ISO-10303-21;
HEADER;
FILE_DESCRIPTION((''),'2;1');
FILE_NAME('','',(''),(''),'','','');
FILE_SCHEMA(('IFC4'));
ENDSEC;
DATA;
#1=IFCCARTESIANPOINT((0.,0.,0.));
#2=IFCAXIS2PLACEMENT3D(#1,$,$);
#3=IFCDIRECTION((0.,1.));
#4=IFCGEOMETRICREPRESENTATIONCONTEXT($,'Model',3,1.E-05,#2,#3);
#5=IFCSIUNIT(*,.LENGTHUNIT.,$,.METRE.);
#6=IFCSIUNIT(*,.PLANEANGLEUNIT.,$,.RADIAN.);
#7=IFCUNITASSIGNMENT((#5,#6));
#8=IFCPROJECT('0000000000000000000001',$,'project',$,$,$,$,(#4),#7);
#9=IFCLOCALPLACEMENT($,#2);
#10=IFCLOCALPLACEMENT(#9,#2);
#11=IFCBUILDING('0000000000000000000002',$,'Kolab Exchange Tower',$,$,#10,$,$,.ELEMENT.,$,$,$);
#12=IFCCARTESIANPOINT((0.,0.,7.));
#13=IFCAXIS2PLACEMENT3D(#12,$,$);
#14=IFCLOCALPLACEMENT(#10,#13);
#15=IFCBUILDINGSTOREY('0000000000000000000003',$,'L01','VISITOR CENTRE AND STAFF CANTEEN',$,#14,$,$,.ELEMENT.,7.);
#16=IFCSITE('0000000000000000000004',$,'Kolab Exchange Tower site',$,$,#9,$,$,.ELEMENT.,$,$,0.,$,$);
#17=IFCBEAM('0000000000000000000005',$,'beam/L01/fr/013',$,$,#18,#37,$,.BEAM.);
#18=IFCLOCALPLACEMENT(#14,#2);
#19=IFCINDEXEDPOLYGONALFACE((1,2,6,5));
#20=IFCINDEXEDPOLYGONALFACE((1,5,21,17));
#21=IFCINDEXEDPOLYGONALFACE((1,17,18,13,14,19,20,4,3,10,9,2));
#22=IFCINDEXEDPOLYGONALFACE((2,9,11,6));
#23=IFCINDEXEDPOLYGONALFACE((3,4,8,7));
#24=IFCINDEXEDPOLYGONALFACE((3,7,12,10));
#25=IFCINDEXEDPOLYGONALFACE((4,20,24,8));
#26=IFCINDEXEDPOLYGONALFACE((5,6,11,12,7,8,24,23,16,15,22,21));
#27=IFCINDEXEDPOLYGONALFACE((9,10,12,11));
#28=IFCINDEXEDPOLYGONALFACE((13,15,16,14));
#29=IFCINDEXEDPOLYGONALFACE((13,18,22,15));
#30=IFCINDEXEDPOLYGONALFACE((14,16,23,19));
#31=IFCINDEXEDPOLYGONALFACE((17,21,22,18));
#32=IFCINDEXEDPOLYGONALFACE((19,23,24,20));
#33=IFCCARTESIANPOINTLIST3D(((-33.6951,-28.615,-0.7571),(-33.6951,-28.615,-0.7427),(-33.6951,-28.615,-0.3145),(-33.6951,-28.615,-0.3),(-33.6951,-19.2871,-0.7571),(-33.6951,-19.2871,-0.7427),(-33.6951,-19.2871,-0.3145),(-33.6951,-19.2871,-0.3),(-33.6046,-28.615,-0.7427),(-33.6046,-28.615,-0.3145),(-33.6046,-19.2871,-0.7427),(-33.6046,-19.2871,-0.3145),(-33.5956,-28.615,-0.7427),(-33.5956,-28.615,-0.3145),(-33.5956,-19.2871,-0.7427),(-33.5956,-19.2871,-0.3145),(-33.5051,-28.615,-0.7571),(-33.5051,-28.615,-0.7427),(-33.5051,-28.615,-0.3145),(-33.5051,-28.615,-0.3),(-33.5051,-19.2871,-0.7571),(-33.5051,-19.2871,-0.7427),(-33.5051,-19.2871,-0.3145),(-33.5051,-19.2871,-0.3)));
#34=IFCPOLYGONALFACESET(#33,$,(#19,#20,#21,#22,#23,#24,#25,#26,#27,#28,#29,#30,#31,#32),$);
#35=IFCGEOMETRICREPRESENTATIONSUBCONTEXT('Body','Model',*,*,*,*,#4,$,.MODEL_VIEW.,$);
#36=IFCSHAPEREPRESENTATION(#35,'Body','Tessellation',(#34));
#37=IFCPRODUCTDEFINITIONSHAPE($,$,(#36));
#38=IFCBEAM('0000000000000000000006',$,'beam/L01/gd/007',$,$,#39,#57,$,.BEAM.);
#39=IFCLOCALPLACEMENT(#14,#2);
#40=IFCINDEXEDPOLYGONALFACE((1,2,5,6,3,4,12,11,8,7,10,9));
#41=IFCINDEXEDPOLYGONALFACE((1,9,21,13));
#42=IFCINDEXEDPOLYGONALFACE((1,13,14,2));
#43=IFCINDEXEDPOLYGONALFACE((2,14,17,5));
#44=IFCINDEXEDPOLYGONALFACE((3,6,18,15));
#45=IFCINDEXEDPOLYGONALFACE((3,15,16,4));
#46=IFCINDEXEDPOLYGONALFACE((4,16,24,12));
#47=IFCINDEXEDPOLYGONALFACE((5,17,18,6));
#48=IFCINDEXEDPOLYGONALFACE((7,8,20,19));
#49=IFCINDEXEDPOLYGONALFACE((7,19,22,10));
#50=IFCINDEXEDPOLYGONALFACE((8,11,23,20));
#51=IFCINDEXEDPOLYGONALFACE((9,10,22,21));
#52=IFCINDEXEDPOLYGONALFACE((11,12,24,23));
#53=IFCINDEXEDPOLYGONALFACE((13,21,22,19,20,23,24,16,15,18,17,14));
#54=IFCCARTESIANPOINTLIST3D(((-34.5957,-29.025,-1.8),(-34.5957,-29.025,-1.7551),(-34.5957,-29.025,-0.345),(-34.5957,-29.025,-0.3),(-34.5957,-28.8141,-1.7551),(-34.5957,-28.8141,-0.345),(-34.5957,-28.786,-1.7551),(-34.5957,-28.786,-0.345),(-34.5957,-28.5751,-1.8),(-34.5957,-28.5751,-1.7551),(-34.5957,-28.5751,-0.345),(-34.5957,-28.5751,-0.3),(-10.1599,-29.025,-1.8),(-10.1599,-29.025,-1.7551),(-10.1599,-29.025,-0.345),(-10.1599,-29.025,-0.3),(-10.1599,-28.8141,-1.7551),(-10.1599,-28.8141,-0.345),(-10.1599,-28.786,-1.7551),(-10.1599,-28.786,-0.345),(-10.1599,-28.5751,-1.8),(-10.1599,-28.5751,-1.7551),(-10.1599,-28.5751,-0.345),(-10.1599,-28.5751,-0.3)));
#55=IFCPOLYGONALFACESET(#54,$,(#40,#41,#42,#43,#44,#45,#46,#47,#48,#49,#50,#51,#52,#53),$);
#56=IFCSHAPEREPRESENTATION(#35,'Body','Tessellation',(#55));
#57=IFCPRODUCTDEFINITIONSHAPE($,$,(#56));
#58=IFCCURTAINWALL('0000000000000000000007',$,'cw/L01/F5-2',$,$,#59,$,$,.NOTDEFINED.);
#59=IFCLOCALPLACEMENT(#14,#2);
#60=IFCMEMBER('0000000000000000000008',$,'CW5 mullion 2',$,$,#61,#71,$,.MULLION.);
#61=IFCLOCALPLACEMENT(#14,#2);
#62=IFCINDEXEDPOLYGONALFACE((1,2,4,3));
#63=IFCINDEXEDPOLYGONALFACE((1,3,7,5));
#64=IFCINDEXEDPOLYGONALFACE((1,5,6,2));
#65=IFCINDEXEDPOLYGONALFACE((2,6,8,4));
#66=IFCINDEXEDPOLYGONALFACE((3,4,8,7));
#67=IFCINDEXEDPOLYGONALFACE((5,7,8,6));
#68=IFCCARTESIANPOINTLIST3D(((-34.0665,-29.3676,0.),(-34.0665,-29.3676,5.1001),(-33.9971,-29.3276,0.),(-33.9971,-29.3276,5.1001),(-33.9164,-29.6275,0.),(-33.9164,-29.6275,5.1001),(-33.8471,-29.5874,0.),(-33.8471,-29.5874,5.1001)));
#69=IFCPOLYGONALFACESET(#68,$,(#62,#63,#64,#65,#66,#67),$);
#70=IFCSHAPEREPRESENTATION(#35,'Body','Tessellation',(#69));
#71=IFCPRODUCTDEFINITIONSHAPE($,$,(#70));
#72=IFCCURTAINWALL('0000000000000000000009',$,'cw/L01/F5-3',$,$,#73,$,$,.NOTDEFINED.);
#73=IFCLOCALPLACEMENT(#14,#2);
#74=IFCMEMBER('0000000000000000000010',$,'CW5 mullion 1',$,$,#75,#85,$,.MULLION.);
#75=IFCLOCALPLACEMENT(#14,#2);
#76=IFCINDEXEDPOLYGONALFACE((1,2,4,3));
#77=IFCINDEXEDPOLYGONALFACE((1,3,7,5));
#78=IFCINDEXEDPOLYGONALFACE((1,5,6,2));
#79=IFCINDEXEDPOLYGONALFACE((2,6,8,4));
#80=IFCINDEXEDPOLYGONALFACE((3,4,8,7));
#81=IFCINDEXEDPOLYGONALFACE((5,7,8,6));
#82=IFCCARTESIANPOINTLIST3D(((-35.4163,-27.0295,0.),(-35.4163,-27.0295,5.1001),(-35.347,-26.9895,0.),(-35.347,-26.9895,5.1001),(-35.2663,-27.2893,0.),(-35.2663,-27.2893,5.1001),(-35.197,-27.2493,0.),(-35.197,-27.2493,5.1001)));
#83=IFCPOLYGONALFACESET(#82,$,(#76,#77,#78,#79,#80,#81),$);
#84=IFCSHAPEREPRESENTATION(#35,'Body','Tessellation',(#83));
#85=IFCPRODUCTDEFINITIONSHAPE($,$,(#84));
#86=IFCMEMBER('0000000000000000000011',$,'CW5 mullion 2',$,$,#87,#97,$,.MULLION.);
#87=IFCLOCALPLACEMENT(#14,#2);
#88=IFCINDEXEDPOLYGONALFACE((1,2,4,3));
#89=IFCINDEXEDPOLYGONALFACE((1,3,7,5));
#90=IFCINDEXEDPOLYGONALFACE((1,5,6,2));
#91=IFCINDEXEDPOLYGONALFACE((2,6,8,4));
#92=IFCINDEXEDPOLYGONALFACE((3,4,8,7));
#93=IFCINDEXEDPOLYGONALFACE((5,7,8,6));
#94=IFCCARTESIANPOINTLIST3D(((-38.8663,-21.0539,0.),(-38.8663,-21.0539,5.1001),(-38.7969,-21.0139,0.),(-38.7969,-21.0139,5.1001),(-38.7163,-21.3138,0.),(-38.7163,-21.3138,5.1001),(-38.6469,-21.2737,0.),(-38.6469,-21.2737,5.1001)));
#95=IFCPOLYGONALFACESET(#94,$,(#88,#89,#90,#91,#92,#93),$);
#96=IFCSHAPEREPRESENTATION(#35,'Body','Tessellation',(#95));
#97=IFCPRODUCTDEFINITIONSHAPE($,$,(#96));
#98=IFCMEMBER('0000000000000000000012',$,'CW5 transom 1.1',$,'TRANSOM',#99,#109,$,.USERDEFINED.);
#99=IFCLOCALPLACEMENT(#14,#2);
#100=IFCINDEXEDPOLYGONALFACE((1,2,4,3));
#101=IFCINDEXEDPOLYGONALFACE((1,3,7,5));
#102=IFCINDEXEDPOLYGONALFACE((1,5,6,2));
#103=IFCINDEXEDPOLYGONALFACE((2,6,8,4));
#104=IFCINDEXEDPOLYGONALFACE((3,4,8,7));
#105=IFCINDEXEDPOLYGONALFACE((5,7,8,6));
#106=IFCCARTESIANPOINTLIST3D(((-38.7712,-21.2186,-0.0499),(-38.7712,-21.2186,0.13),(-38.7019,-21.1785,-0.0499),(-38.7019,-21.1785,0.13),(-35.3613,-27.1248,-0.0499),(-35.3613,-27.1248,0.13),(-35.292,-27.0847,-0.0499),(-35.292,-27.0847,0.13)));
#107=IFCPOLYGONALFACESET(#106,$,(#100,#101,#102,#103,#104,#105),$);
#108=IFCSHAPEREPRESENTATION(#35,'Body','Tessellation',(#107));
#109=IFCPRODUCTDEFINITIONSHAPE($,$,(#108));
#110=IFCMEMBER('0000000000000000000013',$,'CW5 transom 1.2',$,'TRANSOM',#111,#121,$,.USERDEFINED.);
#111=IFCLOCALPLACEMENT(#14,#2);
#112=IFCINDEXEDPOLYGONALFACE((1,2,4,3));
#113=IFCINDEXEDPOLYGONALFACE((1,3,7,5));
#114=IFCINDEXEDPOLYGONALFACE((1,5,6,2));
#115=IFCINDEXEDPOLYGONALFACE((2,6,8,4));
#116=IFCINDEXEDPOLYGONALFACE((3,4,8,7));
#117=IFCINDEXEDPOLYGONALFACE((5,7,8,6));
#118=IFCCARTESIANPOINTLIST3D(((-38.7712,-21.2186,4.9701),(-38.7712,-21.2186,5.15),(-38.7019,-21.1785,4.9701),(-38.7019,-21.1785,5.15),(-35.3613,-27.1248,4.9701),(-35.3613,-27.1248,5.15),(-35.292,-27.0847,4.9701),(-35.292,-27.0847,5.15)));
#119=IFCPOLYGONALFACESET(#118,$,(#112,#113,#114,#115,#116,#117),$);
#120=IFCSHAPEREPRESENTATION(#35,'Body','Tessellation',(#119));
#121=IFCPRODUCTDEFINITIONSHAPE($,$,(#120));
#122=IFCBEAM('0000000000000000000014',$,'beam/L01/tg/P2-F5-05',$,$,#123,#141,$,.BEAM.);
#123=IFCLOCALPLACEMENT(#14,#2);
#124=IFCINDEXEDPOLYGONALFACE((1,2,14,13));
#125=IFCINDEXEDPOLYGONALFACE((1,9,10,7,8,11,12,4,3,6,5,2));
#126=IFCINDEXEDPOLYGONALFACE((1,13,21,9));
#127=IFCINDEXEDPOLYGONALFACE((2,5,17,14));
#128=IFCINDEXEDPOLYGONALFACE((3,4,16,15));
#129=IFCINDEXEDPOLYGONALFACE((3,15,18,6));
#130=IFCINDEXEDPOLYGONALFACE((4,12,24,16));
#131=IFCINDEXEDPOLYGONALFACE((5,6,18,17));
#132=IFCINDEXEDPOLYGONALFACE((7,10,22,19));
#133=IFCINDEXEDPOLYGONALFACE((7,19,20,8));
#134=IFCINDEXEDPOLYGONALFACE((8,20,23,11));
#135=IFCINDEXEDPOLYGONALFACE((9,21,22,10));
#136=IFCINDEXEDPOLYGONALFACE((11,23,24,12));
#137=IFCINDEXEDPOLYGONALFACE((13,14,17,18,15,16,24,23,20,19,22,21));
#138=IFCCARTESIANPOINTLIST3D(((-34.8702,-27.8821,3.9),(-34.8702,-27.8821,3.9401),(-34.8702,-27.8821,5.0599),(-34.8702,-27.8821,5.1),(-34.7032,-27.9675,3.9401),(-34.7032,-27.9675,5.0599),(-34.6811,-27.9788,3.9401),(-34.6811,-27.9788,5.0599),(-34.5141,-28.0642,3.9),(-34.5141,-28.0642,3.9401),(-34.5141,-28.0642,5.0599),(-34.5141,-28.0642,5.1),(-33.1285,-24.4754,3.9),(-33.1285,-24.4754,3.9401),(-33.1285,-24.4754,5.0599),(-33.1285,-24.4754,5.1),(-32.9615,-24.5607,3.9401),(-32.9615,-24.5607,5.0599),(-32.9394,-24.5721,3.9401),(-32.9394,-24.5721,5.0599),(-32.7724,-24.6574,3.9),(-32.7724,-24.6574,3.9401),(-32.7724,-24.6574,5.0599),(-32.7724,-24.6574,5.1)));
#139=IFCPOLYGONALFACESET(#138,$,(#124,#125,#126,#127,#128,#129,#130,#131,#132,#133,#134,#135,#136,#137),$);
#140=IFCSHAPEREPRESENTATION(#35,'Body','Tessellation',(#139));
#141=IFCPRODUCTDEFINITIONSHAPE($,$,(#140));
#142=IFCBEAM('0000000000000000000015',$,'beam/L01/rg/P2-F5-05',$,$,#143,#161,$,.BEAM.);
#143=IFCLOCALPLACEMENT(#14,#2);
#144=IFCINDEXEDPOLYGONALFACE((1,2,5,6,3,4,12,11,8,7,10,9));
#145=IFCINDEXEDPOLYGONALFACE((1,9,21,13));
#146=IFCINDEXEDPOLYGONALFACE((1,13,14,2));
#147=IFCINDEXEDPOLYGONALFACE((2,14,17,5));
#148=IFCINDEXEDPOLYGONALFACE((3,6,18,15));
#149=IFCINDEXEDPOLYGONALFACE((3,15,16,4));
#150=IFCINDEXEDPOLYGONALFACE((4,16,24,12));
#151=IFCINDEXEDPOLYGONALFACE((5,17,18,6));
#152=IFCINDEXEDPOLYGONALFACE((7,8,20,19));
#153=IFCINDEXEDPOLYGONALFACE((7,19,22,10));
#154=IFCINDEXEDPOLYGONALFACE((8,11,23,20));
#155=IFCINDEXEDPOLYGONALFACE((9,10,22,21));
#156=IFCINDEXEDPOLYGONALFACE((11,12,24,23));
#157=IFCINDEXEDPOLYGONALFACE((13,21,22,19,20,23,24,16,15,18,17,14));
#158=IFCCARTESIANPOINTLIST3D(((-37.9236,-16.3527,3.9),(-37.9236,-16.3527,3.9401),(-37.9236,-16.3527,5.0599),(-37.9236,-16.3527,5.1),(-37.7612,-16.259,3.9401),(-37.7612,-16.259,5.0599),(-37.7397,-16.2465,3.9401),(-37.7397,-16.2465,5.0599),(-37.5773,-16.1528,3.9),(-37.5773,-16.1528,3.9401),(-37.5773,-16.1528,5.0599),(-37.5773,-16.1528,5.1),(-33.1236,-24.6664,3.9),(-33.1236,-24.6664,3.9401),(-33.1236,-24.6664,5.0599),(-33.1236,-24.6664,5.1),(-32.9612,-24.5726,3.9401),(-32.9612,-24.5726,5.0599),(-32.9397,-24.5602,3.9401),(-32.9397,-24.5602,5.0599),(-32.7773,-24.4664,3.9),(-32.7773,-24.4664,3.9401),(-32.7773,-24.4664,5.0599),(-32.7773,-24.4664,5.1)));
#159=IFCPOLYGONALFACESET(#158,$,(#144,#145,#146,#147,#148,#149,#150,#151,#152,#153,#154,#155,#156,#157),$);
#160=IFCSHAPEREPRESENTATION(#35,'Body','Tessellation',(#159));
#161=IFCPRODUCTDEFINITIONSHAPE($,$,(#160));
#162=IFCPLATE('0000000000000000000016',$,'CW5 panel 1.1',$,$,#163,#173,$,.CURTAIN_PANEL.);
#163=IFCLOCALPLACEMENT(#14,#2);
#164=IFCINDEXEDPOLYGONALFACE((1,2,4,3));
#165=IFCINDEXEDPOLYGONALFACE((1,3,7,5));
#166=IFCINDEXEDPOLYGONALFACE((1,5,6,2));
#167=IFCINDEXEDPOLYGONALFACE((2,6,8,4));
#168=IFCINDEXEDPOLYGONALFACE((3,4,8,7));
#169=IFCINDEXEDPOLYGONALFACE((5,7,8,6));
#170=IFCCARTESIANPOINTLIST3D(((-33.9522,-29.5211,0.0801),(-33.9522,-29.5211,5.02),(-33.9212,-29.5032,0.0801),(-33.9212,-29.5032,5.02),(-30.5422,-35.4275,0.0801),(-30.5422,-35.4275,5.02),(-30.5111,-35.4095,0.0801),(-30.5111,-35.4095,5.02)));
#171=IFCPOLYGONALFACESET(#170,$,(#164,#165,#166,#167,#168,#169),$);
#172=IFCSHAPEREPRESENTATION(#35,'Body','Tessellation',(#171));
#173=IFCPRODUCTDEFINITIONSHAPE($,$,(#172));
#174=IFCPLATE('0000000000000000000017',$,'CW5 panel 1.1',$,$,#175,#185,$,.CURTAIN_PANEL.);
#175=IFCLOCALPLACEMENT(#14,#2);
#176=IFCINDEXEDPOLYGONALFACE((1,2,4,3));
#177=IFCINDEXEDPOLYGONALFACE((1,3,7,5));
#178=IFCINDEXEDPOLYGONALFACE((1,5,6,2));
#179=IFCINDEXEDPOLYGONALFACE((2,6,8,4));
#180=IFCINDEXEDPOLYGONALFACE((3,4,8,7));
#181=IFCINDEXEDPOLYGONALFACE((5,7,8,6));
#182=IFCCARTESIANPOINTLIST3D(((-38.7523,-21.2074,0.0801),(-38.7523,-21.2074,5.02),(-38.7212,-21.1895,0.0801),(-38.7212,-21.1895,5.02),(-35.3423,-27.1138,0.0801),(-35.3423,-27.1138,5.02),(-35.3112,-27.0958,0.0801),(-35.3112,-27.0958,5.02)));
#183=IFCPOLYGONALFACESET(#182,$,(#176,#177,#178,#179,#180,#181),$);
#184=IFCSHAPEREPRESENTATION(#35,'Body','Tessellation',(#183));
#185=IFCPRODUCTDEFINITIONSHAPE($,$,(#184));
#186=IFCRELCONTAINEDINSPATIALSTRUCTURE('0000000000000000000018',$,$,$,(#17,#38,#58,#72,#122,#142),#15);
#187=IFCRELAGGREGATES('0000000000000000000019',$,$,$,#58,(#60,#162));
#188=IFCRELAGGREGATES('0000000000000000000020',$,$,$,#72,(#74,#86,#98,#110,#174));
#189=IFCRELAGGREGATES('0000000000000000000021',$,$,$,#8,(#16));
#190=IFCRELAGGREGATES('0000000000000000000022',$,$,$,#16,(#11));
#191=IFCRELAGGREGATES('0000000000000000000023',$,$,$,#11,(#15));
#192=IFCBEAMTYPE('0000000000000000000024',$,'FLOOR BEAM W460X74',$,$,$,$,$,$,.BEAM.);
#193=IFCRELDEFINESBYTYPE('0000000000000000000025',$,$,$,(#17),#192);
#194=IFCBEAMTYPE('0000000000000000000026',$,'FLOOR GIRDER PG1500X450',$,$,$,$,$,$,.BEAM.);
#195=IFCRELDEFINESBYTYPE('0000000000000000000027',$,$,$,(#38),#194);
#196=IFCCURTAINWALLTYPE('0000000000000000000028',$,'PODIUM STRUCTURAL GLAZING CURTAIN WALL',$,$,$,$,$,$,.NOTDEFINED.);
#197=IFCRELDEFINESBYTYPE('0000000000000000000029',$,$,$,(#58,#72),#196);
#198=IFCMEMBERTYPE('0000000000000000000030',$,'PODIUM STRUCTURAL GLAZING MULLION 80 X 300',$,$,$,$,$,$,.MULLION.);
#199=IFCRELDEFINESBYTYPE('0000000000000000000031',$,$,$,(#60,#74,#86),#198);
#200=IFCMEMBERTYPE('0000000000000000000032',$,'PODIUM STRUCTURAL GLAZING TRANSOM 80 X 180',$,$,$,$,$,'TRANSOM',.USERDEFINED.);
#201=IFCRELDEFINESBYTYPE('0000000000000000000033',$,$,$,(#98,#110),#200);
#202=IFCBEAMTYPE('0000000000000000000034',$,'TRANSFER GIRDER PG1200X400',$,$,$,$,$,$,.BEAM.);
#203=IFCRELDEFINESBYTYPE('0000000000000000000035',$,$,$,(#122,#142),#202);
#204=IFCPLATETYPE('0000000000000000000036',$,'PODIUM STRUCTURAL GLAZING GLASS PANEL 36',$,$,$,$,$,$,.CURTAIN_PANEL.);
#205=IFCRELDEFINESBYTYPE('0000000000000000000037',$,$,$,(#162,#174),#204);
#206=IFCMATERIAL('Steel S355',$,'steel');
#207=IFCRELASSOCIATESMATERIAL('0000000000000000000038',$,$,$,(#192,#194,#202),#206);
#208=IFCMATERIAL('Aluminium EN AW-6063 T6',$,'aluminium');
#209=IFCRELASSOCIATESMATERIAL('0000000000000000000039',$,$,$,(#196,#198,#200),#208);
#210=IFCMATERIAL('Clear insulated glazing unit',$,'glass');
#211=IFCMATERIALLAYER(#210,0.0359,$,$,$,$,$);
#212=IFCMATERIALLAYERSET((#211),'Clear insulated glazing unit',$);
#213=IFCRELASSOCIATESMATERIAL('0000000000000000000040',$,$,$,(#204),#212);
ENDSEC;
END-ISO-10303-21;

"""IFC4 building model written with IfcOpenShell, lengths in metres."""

from ifc_helpers import new_model, si_unit, direction, frame, origin, origin_2d, place, context, subcontext, project, spatial, rectangle, i_section, extrude, material, layer, layer_set, material_profile, profile_set, type_object, element, aggregate, save


model = new_model("IFC4")

# Units and contexts
model_context = context("Model", 3, precision=1e-05, world=origin(), true_north=direction((0.0, 1.0)))
body_context = subcontext(model_context, "Body", "Model", "MODEL_VIEW")
ifc_project = project(units=[si_unit("LENGTHUNIT", "METRE"), si_unit("PLANEANGLEUNIT", "RADIAN")], contexts=[model_context])

# Site, building, storey
site_placement = place(None, origin())
site = spatial("IfcSite", under=ifc_project, at=site_placement, Name="Kolab Exchange Tower site", CompositionType="ELEMENT", RefElevation=0.0)
building_placement = place(site_placement, origin())
building = spatial("IfcBuilding", under=site, at=building_placement, Name="Kolab Exchange Tower", CompositionType="ELEMENT")
storey_placement = place(building_placement, frame((0.0, 0.0, 7.0)))
storey = spatial("IfcBuildingStorey", under=building, at=storey_placement, Name="L01", Description="VISITOR CENTRE AND STAFF CANTEEN", CompositionType="ELEMENT", Elevation=7.0)

# Beams
ifc_material_1 = material(Name="Steel S355", Category="steel")
ifc_material_profile_1 = material_profile(ifc_material_1, i_section(OverallWidth=0.1899, OverallDepth=0.457, WebThickness=0.009, FlangeThickness=0.0144, at=origin_2d()), Name="W460X74")
ifc_profile_set_1 = profile_set([ifc_material_profile_1], Name="Steel S355")
beam_type_1 = type_object("IfcBeamType", Name="FLOOR BEAM W460X74", PredefinedType="BEAM", material=ifc_profile_set_1)
beam_1_placement = place(storey_placement, frame((-33.6001, -28.615, -0.5286), z_axis=(0.0, 1.0, 0.0), x_axis=(-1.0, 0.0, 0.0)))
element("IfcBeam", 1, at=beam_1_placement, inside=storey, type_object=beam_type_1, Name="beam/L01/fr/013", PredefinedType="BEAM", context=body_context, shape_type="SweptSolid", body=[
    extrude(i_section(OverallWidth=0.1899, OverallDepth=0.457, WebThickness=0.009, FlangeThickness=0.0144, at=origin_2d()), origin(), (0.0, 0.0, 1.0), 9.3279),
])
ifc_material_profile_2 = material_profile(ifc_material_1, i_section(OverallWidth=0.45, OverallDepth=1.5, WebThickness=0.0281, FlangeThickness=0.0449, at=origin_2d()), Name="PG1500X450")
ifc_profile_set_2 = profile_set([ifc_material_profile_2], Name="Steel S355")
beam_type_2 = type_object("IfcBeamType", Name="FLOOR GIRDER PG1500X450", PredefinedType="BEAM", material=ifc_profile_set_2)
beam_2_placement = place(storey_placement, frame((-34.5957, -28.8, -1.05), z_axis=(1.0, 0.0, 0.0), x_axis=(0.0, 1.0, 0.0)))
element("IfcBeam", 2, at=beam_2_placement, inside=storey, type_object=beam_type_2, Name="beam/L01/gd/007", PredefinedType="BEAM", context=body_context, shape_type="SweptSolid", body=[
    extrude(i_section(OverallWidth=0.45, OverallDepth=1.5, WebThickness=0.0281, FlangeThickness=0.0449, at=origin_2d()), origin(), (0.0, 0.0, 1.0), 24.4358),
])

# Curtain wall, member
ifc_material_2 = material(Name="Aluminium EN AW-6063 T6", Category="aluminium")
curtain_wall_type = type_object("IfcCurtainWallType", Name="PODIUM STRUCTURAL GLAZING CURTAIN WALL", PredefinedType="NOTDEFINED", material=ifc_material_2)
curtain_wall_1_placement = place(storey_placement, origin())
curtain_wall_1 = element("IfcCurtainWall", 3, at=curtain_wall_1_placement, inside=storey, type_object=curtain_wall_type, Name="cw/L01/F5-2", PredefinedType="NOTDEFINED")
ifc_material_profile_3 = material_profile(ifc_material_2, rectangle(XDim=0.0801, YDim=0.3, at=origin_2d()), Name="RECT 80X300")
ifc_profile_set_3 = profile_set([ifc_material_profile_3], Name="Aluminium EN AW-6063 T6")
member_type_1 = type_object("IfcMemberType", Name="PODIUM STRUCTURAL GLAZING MULLION 80 X 300", PredefinedType="MULLION", material=ifc_profile_set_3)
member_1_placement = place(storey_placement, frame((-33.9568, -29.4775, 0.0), z_axis=(0.0, 0.0, 1.0), x_axis=(-0.866025, -0.5, 0.0)))
member_1 = element("IfcMember", 4, at=member_1_placement, type_object=member_type_1, Name="CW5 mullion 2", PredefinedType="MULLION", context=body_context, shape_type="SweptSolid", body=[
    extrude(rectangle(XDim=0.0801, YDim=0.3, at=origin_2d()), origin(), (0.0, 0.0, 1.0), 5.1001),
])

# Curtain wall, members
curtain_wall_2_placement = place(storey_placement, origin())
curtain_wall_2 = element("IfcCurtainWall", 5, at=curtain_wall_2_placement, inside=storey, type_object=curtain_wall_type, Name="cw/L01/F5-3", PredefinedType="NOTDEFINED")
member_2_placement = place(storey_placement, frame((-35.3066, -27.1394, 0.0), z_axis=(0.0, 0.0, 1.0), x_axis=(-0.866025, -0.5, 0.0)))
member_2 = element("IfcMember", 6, at=member_2_placement, type_object=member_type_1, Name="CW5 mullion 1", PredefinedType="MULLION", context=body_context, shape_type="SweptSolid", body=[
    extrude(rectangle(XDim=0.0801, YDim=0.3, at=origin_2d()), origin(), (0.0, 0.0, 1.0), 5.1001),
])
member_3_placement = place(storey_placement, frame((-38.7566, -21.1638, 0.0), z_axis=(0.0, 0.0, 1.0), x_axis=(-0.866025, -0.5, 0.0)))
member_3 = element("IfcMember", 7, at=member_3_placement, type_object=member_type_1, Name="CW5 mullion 2", PredefinedType="MULLION", context=body_context, shape_type="SweptSolid", body=[
    extrude(rectangle(XDim=0.0801, YDim=0.3, at=origin_2d()), origin(), (0.0, 0.0, 1.0), 5.1001),
])
ifc_material_profile_4 = material_profile(ifc_material_2, rectangle(XDim=0.0801, YDim=0.1799, at=origin_2d()), Name="RECT 80X180")
ifc_profile_set_4 = profile_set([ifc_material_profile_4], Name="Aluminium EN AW-6063 T6")
member_type_2 = type_object("IfcMemberType", Name="PODIUM STRUCTURAL GLAZING TRANSOM 80 X 180", ElementType="TRANSOM", PredefinedType="USERDEFINED", material=ifc_profile_set_4)
member_4_placement = place(storey_placement, frame((-35.3267, -27.1047, 0.04), z_axis=(-0.499993, 0.866029, 0.0), x_axis=(-0.866029, -0.499993, 0.0)))
member_4 = element("IfcMember", 8, at=member_4_placement, type_object=member_type_2, Name="CW5 transom 1.1", ObjectType="TRANSOM", PredefinedType="USERDEFINED", context=body_context, shape_type="SweptSolid", body=[
    extrude(rectangle(XDim=0.0801, YDim=0.1799, at=origin_2d()), origin(), (0.0, 0.0, 1.0), 6.8198),
])
member_5_placement = place(storey_placement, frame((-35.3267, -27.1047, 5.0601), z_axis=(-0.499993, 0.866029, 0.0), x_axis=(-0.866029, -0.499993, 0.0)))
member_5 = element("IfcMember", 9, at=member_5_placement, type_object=member_type_2, Name="CW5 transom 1.2", ObjectType="TRANSOM", PredefinedType="USERDEFINED", context=body_context, shape_type="SweptSolid", body=[
    extrude(rectangle(XDim=0.0801, YDim=0.1799, at=origin_2d()), origin(), (0.0, 0.0, 1.0), 6.8198),
])

# Beams
ifc_material_profile_5 = material_profile(ifc_material_1, i_section(OverallWidth=0.3999, OverallDepth=1.2, WebThickness=0.0249, FlangeThickness=0.04, at=origin_2d()), Name="PG1200X400")
ifc_profile_set_5 = profile_set([ifc_material_profile_5], Name="Steel S355")
beam_type_3 = type_object("IfcBeamType", Name="TRANSFER GIRDER PG1200X400", PredefinedType="BEAM", material=ifc_profile_set_5)
beam_3_placement = place(storey_placement, frame((-32.9504, -24.5664, 4.5), z_axis=(-0.45521, -0.890384, 0.0), x_axis=(0.890384, -0.45521, 0.0)))
element("IfcBeam", 10, at=beam_3_placement, inside=storey, type_object=beam_type_3, Name="beam/L01/tg/P2-F5-05", PredefinedType="BEAM", context=body_context, shape_type="SweptSolid", body=[
    extrude(i_section(OverallWidth=0.3999, OverallDepth=1.2, WebThickness=0.0249, FlangeThickness=0.04, at=origin_2d()), origin(), (0.0, 0.0, 1.0), 3.8262),
])
beam_4_placement = place(storey_placement, frame((-32.9504, -24.5664, 4.5), z_axis=(-0.500009, 0.86602, 0.0), x_axis=(-0.86602, -0.500009, 0.0)))
element("IfcBeam", 11, at=beam_4_placement, inside=storey, type_object=beam_type_3, Name="beam/L01/rg/P2-F5-05", PredefinedType="BEAM", context=body_context, shape_type="SweptSolid", body=[
    extrude(i_section(OverallWidth=0.3999, OverallDepth=1.2, WebThickness=0.0249, FlangeThickness=0.04, at=origin_2d()), origin(), (0.0, 0.0, 1.0), 9.5999),
])

# Plates
ifc_material_3 = material(Name="Clear insulated glazing unit", Category="glass")
ifc_layer_1 = layer(ifc_material_3, 0.0359)
ifc_layer_set_1 = layer_set([ifc_layer_1], Name="Clear insulated glazing unit")
plate_type = type_object("IfcPlateType", Name="PODIUM STRUCTURAL GLAZING GLASS PANEL 36", PredefinedType="CURTAIN_PANEL", material=ifc_layer_set_1)
plate_1_placement = place(storey_placement, frame((-32.2317, -32.4653, 0.0801), z_axis=(0.0, 0.0, 1.0), x_axis=(-0.5, 0.866025, 0.0)))
plate_1 = element("IfcPlate", 12, at=plate_1_placement, type_object=plate_type, Name="CW5 panel 1.1", PredefinedType="CURTAIN_PANEL", context=body_context, shape_type="SweptSolid", body=[
    extrude(rectangle(XDim=6.8201, YDim=0.0359, at=origin_2d()), origin(), (0.0, 0.0, 1.0), 4.9399),
])
aggregate(curtain_wall_1, [member_1, plate_1])
plate_2_placement = place(storey_placement, frame((-37.0317, -24.1516, 0.0801), z_axis=(0.0, 0.0, 1.0), x_axis=(-0.5, 0.866025, 0.0)))
plate_2 = element("IfcPlate", 13, at=plate_2_placement, type_object=plate_type, Name="CW5 panel 1.1", PredefinedType="CURTAIN_PANEL", context=body_context, shape_type="SweptSolid", body=[
    extrude(rectangle(XDim=6.8201, YDim=0.0359, at=origin_2d()), origin(), (0.0, 0.0, 1.0), 4.9399),
])
aggregate(curtain_wall_2, [member_2, member_3, member_4, member_5, plate_2])

save(model, "model.ifc")
